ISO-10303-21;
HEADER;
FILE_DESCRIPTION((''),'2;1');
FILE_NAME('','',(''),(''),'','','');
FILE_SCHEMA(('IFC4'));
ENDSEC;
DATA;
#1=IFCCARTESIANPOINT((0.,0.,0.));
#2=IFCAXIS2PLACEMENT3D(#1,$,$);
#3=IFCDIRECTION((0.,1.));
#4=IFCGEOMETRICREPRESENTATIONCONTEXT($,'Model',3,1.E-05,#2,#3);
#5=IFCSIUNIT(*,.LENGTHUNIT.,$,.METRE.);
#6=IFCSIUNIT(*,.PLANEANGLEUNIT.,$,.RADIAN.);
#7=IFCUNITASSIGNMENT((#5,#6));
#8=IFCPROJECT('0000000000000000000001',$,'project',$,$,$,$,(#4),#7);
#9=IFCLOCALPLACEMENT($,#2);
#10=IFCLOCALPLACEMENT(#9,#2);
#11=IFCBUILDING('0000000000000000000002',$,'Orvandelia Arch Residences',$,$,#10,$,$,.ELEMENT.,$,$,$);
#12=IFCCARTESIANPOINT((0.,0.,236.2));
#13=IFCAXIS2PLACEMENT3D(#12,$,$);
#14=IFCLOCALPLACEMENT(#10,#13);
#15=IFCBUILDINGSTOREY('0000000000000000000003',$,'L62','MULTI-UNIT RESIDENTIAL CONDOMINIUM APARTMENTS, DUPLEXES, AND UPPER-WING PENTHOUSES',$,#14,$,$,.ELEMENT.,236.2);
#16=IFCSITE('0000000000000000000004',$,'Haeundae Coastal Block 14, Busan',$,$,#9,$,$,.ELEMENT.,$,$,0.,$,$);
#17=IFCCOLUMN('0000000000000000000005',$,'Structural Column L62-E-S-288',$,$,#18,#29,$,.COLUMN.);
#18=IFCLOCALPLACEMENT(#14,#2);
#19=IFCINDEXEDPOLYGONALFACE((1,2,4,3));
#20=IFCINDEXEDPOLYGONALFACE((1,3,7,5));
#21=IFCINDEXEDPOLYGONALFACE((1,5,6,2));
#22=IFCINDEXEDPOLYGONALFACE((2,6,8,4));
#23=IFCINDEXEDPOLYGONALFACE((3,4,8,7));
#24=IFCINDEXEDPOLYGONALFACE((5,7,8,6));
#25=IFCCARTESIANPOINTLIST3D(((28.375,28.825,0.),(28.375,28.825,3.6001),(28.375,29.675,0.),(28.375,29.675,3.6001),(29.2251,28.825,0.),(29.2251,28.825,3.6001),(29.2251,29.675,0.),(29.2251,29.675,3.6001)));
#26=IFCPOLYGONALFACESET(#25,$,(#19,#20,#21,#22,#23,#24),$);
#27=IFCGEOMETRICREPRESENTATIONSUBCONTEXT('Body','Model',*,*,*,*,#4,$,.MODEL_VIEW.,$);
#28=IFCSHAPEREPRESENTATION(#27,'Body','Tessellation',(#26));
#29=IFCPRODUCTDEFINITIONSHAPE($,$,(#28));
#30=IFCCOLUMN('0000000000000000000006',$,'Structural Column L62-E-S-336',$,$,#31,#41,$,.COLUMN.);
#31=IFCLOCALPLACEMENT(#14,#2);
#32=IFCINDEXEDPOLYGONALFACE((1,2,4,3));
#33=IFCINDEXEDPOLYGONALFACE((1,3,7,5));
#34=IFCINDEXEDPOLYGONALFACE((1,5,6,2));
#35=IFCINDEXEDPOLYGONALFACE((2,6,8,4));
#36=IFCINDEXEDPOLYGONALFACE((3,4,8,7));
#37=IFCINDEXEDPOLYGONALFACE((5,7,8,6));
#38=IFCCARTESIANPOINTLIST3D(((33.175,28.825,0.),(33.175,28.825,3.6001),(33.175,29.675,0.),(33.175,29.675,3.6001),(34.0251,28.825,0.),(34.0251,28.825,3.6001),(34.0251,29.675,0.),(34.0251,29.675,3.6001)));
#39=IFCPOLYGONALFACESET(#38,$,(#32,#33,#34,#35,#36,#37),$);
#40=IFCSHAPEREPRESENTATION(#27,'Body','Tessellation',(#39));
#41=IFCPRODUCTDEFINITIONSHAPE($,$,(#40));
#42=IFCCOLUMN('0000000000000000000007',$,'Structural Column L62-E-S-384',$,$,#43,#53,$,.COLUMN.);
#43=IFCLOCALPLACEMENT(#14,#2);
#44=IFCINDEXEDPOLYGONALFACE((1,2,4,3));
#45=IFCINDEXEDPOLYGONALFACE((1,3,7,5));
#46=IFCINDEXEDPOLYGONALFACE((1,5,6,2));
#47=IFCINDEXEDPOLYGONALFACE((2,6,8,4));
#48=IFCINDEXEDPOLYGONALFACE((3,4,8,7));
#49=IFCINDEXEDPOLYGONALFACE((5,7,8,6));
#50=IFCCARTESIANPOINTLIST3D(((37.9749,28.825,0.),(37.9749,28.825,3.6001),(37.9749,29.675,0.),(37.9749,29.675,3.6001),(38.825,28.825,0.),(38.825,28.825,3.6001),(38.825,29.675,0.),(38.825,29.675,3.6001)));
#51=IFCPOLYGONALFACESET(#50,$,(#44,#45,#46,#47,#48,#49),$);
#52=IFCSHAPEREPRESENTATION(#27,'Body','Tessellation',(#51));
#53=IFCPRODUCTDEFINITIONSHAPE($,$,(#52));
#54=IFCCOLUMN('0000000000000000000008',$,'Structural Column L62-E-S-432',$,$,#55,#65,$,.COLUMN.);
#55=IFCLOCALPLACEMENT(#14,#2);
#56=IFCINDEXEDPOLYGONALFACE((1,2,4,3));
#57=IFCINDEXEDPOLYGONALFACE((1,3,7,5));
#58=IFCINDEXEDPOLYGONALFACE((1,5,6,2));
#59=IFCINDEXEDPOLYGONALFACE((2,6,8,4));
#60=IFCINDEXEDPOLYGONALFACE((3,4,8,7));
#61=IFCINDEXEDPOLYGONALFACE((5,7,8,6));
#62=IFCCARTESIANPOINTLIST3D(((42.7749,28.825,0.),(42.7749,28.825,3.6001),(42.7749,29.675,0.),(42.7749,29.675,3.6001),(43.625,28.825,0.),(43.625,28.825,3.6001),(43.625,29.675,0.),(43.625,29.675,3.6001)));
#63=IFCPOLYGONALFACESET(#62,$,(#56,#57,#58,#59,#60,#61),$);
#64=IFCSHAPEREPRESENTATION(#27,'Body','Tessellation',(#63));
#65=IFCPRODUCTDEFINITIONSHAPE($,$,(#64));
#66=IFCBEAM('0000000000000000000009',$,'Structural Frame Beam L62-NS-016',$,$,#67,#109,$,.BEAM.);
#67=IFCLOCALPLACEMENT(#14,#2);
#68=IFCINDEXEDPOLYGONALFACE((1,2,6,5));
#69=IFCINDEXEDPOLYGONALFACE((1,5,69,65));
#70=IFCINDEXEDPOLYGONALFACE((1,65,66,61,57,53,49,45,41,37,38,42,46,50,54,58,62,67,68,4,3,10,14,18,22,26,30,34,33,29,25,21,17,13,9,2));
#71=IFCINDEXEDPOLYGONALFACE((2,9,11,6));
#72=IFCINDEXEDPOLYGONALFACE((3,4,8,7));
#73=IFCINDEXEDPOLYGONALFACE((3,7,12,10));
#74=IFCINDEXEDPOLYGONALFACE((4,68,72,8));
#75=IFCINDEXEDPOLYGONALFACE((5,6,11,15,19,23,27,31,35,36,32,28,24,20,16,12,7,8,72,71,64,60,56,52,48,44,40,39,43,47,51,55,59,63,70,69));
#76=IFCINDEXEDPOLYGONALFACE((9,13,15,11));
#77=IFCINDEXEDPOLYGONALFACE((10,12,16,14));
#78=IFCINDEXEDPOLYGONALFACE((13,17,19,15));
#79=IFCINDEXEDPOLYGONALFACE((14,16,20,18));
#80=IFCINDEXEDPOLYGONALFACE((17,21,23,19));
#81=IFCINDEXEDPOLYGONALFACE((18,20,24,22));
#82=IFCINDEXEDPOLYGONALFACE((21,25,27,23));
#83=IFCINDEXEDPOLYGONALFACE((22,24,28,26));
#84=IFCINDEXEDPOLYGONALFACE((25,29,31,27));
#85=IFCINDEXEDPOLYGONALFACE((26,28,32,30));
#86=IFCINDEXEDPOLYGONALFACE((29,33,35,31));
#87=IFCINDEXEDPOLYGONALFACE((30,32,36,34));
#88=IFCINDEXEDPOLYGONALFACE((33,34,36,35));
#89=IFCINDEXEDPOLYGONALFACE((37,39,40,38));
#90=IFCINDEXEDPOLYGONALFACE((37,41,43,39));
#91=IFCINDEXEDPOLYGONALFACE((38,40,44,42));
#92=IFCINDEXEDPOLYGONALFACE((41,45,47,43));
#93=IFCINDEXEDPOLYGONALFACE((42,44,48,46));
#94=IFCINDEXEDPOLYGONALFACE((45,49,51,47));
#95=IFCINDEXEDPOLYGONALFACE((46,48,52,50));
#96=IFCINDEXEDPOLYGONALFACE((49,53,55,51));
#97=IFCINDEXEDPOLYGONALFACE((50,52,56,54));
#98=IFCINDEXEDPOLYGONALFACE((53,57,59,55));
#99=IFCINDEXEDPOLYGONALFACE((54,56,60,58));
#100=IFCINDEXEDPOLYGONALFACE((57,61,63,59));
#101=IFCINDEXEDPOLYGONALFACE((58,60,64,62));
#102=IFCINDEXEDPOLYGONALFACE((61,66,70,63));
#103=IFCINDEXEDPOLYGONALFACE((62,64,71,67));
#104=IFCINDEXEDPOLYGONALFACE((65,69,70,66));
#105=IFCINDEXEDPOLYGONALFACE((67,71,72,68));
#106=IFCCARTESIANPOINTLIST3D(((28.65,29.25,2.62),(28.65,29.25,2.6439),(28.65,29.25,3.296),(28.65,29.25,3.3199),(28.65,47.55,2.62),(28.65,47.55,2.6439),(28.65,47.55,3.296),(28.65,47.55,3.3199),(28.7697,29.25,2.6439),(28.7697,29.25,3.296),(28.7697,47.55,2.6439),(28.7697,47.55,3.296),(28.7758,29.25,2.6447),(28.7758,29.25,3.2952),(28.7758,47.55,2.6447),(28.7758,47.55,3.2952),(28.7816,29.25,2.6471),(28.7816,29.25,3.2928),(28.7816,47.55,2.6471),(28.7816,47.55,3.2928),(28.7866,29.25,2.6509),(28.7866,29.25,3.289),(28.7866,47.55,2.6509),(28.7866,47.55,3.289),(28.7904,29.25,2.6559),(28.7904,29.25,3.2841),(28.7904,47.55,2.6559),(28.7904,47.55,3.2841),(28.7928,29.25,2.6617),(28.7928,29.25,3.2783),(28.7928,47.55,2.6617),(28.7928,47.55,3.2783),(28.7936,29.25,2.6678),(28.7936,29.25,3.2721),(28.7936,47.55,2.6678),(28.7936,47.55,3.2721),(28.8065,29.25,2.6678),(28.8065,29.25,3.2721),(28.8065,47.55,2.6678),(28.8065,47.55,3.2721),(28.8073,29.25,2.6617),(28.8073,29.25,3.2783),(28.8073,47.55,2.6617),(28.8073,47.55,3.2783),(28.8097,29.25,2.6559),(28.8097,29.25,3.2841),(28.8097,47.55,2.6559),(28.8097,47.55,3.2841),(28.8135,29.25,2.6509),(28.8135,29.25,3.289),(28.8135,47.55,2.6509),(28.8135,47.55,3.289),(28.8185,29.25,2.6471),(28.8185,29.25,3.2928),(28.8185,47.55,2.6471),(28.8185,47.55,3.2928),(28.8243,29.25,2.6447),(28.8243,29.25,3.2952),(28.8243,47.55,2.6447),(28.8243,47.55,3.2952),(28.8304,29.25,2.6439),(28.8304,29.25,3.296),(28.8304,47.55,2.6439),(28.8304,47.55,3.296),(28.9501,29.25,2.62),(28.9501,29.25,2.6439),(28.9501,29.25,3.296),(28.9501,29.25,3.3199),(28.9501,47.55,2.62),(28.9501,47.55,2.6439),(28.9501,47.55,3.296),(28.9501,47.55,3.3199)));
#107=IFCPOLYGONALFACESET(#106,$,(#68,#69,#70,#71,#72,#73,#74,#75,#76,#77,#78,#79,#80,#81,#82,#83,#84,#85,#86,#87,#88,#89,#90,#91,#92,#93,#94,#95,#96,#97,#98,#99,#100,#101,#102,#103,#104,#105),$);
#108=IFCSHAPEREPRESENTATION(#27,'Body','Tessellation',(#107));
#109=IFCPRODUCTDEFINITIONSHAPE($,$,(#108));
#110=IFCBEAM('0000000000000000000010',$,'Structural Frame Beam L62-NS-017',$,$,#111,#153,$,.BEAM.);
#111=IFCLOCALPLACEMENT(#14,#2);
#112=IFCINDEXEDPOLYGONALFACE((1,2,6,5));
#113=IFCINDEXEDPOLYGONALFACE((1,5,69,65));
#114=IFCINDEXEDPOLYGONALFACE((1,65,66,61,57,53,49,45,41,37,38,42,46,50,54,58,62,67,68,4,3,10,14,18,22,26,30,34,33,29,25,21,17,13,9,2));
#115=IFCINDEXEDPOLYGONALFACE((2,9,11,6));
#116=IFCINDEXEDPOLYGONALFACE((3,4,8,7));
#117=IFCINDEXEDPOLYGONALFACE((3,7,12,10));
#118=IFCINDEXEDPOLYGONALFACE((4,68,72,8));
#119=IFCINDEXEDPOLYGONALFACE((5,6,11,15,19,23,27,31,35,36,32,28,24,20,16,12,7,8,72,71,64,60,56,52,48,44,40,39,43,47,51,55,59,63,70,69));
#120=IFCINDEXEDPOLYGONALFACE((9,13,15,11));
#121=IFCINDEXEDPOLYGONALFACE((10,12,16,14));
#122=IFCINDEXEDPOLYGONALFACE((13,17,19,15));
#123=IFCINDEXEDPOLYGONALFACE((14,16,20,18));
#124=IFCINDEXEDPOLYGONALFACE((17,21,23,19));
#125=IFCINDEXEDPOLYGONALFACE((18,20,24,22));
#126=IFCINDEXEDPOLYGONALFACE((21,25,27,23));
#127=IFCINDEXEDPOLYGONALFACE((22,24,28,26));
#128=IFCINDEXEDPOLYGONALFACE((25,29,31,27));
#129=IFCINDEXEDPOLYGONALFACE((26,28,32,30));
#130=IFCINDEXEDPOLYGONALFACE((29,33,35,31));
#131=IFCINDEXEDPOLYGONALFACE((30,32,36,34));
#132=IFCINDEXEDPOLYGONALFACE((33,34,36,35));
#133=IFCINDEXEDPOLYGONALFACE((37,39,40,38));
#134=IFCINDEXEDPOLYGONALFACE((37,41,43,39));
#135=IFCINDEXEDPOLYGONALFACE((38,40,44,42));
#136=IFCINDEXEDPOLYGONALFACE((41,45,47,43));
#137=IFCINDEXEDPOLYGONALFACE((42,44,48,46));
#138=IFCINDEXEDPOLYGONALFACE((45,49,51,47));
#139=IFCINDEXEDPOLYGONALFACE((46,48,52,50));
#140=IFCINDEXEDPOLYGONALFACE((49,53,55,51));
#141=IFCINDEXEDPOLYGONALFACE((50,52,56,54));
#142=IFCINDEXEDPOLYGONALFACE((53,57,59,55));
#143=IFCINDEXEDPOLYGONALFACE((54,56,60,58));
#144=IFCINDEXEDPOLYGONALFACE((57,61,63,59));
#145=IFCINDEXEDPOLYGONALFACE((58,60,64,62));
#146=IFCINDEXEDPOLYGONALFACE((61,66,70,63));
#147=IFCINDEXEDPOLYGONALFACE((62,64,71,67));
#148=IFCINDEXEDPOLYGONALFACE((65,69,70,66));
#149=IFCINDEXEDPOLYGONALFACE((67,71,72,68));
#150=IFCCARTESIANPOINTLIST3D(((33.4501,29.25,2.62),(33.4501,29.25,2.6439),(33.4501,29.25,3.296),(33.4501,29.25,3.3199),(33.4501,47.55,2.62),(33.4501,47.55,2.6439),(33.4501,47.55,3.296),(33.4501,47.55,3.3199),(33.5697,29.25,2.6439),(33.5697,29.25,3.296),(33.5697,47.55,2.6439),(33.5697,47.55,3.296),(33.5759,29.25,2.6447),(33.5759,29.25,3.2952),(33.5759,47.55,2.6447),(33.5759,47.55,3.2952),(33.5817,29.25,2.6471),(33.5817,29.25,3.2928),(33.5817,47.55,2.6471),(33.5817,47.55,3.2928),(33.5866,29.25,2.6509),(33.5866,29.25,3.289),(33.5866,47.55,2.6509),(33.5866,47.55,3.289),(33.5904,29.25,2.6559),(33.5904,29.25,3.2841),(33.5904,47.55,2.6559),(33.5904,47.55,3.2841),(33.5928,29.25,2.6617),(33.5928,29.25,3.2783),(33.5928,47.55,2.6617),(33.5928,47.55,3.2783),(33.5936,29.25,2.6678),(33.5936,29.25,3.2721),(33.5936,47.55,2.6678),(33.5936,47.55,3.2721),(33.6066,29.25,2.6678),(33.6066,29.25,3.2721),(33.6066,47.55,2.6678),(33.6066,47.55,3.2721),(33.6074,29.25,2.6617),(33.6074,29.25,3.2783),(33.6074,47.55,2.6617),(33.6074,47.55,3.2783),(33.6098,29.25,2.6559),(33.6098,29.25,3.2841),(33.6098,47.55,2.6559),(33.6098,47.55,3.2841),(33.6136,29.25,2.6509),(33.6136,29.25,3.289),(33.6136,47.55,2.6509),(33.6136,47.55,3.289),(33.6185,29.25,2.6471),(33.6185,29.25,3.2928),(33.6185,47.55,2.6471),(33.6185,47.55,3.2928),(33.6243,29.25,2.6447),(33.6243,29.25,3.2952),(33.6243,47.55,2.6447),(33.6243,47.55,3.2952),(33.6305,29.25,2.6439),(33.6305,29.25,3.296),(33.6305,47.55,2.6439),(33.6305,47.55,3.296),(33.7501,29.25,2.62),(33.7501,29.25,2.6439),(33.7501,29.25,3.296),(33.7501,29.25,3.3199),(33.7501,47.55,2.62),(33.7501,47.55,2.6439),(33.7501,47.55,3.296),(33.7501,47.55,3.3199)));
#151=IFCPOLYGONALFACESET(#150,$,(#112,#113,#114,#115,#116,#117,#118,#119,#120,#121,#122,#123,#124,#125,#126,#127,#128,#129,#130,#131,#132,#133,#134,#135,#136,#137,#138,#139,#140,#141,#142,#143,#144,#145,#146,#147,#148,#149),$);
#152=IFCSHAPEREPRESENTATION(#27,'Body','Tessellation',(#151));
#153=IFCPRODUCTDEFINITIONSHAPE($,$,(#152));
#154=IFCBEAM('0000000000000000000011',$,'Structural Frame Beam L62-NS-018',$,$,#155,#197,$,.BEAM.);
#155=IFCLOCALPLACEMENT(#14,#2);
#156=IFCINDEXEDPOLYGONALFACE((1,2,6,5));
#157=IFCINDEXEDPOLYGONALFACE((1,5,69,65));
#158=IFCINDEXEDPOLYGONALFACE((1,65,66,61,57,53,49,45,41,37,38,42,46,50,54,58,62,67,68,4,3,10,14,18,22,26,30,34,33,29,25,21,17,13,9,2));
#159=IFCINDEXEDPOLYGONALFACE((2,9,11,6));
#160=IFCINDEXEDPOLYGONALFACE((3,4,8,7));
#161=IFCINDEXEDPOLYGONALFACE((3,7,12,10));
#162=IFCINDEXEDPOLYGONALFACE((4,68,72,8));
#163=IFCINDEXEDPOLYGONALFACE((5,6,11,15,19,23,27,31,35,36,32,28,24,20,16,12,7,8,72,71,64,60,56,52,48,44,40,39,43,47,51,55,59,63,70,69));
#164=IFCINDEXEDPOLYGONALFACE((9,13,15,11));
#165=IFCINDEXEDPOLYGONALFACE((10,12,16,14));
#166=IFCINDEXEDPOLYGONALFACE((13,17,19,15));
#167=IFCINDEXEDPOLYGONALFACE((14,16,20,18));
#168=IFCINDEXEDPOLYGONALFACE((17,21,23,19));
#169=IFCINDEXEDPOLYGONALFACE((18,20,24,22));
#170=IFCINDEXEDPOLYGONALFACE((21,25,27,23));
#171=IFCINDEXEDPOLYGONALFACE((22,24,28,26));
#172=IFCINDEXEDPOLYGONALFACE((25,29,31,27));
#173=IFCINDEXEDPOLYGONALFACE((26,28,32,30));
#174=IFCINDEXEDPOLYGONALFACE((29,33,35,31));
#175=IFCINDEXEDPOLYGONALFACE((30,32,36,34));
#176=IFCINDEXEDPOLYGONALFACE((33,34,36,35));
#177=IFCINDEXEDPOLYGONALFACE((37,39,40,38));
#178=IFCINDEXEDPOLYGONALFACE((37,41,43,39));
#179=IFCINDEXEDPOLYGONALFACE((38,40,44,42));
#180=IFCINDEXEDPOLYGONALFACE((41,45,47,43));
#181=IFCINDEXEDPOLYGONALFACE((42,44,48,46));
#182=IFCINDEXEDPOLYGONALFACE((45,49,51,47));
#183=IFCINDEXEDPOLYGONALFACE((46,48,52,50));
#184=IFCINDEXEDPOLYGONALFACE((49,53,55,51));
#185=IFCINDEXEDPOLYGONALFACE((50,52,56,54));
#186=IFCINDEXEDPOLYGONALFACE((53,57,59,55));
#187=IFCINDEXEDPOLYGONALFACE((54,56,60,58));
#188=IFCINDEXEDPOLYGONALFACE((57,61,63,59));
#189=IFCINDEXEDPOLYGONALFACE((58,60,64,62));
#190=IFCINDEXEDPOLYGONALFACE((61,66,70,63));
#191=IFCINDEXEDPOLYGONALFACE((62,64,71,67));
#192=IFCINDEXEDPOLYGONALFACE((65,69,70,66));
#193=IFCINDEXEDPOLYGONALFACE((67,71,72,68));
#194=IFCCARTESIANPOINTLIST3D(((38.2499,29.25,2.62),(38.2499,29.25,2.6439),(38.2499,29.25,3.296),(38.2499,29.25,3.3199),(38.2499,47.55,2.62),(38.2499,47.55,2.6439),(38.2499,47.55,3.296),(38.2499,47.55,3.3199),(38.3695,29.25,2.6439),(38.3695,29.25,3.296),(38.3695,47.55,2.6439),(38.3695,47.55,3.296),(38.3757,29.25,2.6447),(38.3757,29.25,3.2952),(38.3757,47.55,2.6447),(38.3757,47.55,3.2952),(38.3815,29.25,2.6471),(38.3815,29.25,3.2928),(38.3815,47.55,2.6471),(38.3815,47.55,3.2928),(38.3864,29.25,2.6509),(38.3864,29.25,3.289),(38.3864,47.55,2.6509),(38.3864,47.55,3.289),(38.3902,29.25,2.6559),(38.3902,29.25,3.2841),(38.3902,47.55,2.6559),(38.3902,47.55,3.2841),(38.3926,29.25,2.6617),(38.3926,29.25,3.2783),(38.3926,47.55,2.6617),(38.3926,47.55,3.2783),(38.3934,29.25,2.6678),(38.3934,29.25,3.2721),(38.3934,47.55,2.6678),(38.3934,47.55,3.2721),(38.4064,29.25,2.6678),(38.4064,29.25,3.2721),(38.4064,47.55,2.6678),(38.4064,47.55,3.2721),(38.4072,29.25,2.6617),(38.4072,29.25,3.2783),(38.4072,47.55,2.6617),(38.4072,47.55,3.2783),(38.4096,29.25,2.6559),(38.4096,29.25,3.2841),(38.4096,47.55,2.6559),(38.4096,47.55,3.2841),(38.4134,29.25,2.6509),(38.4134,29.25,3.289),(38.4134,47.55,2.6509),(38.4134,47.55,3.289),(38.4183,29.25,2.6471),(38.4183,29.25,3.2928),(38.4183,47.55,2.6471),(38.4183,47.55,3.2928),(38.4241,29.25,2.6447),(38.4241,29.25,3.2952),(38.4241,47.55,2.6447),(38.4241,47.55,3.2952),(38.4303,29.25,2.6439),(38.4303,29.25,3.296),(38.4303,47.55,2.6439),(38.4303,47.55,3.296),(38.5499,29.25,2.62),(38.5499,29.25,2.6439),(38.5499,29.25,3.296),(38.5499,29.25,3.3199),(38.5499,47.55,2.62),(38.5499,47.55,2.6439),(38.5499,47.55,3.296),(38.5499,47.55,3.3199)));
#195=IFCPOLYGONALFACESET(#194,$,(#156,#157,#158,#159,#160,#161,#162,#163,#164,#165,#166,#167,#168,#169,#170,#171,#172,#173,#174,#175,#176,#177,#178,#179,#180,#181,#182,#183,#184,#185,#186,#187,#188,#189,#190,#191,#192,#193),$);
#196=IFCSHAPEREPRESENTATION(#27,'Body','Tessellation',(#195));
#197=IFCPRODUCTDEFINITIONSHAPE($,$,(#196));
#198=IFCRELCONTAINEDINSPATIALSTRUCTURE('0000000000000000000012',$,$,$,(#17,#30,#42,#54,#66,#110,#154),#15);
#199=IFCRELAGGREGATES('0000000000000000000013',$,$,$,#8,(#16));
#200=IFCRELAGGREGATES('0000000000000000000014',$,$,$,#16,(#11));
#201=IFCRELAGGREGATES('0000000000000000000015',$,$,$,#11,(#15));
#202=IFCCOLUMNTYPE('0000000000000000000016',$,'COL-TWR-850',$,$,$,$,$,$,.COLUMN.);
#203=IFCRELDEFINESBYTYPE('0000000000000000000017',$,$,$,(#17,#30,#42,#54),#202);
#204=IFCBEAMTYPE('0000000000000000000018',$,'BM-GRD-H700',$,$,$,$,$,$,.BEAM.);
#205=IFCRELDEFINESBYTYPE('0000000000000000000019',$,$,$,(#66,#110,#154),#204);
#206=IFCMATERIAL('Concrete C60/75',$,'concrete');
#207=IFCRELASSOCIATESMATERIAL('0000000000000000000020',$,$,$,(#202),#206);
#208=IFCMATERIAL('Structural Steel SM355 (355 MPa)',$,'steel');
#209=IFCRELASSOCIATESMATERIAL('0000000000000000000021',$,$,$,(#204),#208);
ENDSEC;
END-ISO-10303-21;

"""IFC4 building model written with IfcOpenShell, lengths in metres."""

from ifc_helpers import new_model, si_unit, direction, frame, origin, origin_2d, place, context, subcontext, project, spatial, rectangle, i_section, extrude, material, material_profile, profile_set, type_object, element, save


model = new_model("IFC4")

# Units and contexts
model_context = context("Model", 3, precision=1e-05, world=origin(), true_north=direction((0.0, 1.0)))
body_context = subcontext(model_context, "Body", "Model", "MODEL_VIEW")
ifc_project = project(units=[si_unit("LENGTHUNIT", "METRE"), si_unit("PLANEANGLEUNIT", "RADIAN")], contexts=[model_context])

# Site, building, storey
site_placement = place(None, origin())
site = spatial("IfcSite", under=ifc_project, at=site_placement, Name="Haeundae Coastal Block 14, Busan", CompositionType="ELEMENT", RefElevation=0.0)
building_placement = place(site_placement, origin())
building = spatial("IfcBuilding", under=site, at=building_placement, Name="Orvandelia Arch Residences", CompositionType="ELEMENT")
storey_placement = place(building_placement, frame((0.0, 0.0, 236.2)))
storey = spatial("IfcBuildingStorey", under=building, at=storey_placement, Name="L62", Description="MULTI-UNIT RESIDENTIAL CONDOMINIUM APARTMENTS, DUPLEXES, AND UPPER-WING PENTHOUSES", CompositionType="ELEMENT", Elevation=236.2)

# Columns
ifc_material_1 = material(Name="Concrete C60/75", Category="concrete")
ifc_material_profile_1 = material_profile(ifc_material_1, rectangle(XDim=0.8501, YDim=0.8501, at=origin_2d()), Name="Concrete C60/75", Category="concrete")
ifc_profile_set_1 = profile_set([ifc_material_profile_1], Name="Concrete C60/75")
column_type = type_object("IfcColumnType", Name="COL-TWR-850", PredefinedType="COLUMN", material=ifc_profile_set_1)
for number, where, z_axis, x_axis, name in (
    (1, (28.8, 29.25, 0.0), (0.0, 0.0, 1.0), (1.0, 0.0, 0.0), "Structural Column L62-E-S-288"),
    (2, (33.6001, 29.25, 0.0), (0.0, 0.0, 1.0), (1.0, 0.0, 0.0), "Structural Column L62-E-S-336"),
    (3, (38.3999, 29.25, 0.0), (0.0, 0.0, 1.0), (1.0, 0.0, 0.0), "Structural Column L62-E-S-384"),
    (4, (43.2, 29.25, 0.0), (0.0, 0.0, 1.0), (1.0, 0.0, 0.0), "Structural Column L62-E-S-432"),
):
    element("IfcColumn", number, at=place(storey_placement, frame(where, z_axis=z_axis, x_axis=x_axis)), inside=storey, type_object=column_type, Name=name, PredefinedType="COLUMN", context=body_context, shape_type="SweptSolid", body=[
        extrude(rectangle(XDim=0.8501, YDim=0.8501, at=origin_2d()), origin(), (0.0, 0.0, 1.0), 3.6001),
    ])

# Beams
ifc_material_2 = material(Name="Structural Steel SM355 (355 MPa)", Category="steel")
ifc_material_profile_2 = material_profile(ifc_material_2, i_section(OverallWidth=0.3, OverallDepth=0.7, WebThickness=0.0129, FlangeThickness=0.0239, FilletRadius=0.0239, at=origin_2d()), Name="Structural Steel SM355 (355 MPa)", Category="steel")
ifc_profile_set_2 = profile_set([ifc_material_profile_2], Name="Structural Steel SM355 (355 MPa)")
beam_type = type_object("IfcBeamType", Name="BM-GRD-H700", PredefinedType="BEAM", material=ifc_profile_set_2)
for number, where, z_axis, x_axis, name in (
    (5, (28.8, 29.25, 2.97), (0.0, 1.0, 0.0), (-1.0, 0.0, 0.0), "Structural Frame Beam L62-NS-016"),
    (6, (33.6001, 29.25, 2.97), (0.0, 1.0, 0.0), (-1.0, 0.0, 0.0), "Structural Frame Beam L62-NS-017"),
    (7, (38.3999, 29.25, 2.97), (0.0, 1.0, 0.0), (-1.0, 0.0, 0.0), "Structural Frame Beam L62-NS-018"),
):
    element("IfcBeam", number, at=place(storey_placement, frame(where, z_axis=z_axis, x_axis=x_axis)), inside=storey, type_object=beam_type, Name=name, PredefinedType="BEAM", context=body_context, shape_type="SweptSolid", body=[
        extrude(i_section(OverallWidth=0.3, OverallDepth=0.7, WebThickness=0.0129, FlangeThickness=0.0239, FilletRadius=0.0239, at=origin_2d()), origin(), (0.0, 0.0, 1.0), 18.3),
    ])

save(model, "model.ifc")
